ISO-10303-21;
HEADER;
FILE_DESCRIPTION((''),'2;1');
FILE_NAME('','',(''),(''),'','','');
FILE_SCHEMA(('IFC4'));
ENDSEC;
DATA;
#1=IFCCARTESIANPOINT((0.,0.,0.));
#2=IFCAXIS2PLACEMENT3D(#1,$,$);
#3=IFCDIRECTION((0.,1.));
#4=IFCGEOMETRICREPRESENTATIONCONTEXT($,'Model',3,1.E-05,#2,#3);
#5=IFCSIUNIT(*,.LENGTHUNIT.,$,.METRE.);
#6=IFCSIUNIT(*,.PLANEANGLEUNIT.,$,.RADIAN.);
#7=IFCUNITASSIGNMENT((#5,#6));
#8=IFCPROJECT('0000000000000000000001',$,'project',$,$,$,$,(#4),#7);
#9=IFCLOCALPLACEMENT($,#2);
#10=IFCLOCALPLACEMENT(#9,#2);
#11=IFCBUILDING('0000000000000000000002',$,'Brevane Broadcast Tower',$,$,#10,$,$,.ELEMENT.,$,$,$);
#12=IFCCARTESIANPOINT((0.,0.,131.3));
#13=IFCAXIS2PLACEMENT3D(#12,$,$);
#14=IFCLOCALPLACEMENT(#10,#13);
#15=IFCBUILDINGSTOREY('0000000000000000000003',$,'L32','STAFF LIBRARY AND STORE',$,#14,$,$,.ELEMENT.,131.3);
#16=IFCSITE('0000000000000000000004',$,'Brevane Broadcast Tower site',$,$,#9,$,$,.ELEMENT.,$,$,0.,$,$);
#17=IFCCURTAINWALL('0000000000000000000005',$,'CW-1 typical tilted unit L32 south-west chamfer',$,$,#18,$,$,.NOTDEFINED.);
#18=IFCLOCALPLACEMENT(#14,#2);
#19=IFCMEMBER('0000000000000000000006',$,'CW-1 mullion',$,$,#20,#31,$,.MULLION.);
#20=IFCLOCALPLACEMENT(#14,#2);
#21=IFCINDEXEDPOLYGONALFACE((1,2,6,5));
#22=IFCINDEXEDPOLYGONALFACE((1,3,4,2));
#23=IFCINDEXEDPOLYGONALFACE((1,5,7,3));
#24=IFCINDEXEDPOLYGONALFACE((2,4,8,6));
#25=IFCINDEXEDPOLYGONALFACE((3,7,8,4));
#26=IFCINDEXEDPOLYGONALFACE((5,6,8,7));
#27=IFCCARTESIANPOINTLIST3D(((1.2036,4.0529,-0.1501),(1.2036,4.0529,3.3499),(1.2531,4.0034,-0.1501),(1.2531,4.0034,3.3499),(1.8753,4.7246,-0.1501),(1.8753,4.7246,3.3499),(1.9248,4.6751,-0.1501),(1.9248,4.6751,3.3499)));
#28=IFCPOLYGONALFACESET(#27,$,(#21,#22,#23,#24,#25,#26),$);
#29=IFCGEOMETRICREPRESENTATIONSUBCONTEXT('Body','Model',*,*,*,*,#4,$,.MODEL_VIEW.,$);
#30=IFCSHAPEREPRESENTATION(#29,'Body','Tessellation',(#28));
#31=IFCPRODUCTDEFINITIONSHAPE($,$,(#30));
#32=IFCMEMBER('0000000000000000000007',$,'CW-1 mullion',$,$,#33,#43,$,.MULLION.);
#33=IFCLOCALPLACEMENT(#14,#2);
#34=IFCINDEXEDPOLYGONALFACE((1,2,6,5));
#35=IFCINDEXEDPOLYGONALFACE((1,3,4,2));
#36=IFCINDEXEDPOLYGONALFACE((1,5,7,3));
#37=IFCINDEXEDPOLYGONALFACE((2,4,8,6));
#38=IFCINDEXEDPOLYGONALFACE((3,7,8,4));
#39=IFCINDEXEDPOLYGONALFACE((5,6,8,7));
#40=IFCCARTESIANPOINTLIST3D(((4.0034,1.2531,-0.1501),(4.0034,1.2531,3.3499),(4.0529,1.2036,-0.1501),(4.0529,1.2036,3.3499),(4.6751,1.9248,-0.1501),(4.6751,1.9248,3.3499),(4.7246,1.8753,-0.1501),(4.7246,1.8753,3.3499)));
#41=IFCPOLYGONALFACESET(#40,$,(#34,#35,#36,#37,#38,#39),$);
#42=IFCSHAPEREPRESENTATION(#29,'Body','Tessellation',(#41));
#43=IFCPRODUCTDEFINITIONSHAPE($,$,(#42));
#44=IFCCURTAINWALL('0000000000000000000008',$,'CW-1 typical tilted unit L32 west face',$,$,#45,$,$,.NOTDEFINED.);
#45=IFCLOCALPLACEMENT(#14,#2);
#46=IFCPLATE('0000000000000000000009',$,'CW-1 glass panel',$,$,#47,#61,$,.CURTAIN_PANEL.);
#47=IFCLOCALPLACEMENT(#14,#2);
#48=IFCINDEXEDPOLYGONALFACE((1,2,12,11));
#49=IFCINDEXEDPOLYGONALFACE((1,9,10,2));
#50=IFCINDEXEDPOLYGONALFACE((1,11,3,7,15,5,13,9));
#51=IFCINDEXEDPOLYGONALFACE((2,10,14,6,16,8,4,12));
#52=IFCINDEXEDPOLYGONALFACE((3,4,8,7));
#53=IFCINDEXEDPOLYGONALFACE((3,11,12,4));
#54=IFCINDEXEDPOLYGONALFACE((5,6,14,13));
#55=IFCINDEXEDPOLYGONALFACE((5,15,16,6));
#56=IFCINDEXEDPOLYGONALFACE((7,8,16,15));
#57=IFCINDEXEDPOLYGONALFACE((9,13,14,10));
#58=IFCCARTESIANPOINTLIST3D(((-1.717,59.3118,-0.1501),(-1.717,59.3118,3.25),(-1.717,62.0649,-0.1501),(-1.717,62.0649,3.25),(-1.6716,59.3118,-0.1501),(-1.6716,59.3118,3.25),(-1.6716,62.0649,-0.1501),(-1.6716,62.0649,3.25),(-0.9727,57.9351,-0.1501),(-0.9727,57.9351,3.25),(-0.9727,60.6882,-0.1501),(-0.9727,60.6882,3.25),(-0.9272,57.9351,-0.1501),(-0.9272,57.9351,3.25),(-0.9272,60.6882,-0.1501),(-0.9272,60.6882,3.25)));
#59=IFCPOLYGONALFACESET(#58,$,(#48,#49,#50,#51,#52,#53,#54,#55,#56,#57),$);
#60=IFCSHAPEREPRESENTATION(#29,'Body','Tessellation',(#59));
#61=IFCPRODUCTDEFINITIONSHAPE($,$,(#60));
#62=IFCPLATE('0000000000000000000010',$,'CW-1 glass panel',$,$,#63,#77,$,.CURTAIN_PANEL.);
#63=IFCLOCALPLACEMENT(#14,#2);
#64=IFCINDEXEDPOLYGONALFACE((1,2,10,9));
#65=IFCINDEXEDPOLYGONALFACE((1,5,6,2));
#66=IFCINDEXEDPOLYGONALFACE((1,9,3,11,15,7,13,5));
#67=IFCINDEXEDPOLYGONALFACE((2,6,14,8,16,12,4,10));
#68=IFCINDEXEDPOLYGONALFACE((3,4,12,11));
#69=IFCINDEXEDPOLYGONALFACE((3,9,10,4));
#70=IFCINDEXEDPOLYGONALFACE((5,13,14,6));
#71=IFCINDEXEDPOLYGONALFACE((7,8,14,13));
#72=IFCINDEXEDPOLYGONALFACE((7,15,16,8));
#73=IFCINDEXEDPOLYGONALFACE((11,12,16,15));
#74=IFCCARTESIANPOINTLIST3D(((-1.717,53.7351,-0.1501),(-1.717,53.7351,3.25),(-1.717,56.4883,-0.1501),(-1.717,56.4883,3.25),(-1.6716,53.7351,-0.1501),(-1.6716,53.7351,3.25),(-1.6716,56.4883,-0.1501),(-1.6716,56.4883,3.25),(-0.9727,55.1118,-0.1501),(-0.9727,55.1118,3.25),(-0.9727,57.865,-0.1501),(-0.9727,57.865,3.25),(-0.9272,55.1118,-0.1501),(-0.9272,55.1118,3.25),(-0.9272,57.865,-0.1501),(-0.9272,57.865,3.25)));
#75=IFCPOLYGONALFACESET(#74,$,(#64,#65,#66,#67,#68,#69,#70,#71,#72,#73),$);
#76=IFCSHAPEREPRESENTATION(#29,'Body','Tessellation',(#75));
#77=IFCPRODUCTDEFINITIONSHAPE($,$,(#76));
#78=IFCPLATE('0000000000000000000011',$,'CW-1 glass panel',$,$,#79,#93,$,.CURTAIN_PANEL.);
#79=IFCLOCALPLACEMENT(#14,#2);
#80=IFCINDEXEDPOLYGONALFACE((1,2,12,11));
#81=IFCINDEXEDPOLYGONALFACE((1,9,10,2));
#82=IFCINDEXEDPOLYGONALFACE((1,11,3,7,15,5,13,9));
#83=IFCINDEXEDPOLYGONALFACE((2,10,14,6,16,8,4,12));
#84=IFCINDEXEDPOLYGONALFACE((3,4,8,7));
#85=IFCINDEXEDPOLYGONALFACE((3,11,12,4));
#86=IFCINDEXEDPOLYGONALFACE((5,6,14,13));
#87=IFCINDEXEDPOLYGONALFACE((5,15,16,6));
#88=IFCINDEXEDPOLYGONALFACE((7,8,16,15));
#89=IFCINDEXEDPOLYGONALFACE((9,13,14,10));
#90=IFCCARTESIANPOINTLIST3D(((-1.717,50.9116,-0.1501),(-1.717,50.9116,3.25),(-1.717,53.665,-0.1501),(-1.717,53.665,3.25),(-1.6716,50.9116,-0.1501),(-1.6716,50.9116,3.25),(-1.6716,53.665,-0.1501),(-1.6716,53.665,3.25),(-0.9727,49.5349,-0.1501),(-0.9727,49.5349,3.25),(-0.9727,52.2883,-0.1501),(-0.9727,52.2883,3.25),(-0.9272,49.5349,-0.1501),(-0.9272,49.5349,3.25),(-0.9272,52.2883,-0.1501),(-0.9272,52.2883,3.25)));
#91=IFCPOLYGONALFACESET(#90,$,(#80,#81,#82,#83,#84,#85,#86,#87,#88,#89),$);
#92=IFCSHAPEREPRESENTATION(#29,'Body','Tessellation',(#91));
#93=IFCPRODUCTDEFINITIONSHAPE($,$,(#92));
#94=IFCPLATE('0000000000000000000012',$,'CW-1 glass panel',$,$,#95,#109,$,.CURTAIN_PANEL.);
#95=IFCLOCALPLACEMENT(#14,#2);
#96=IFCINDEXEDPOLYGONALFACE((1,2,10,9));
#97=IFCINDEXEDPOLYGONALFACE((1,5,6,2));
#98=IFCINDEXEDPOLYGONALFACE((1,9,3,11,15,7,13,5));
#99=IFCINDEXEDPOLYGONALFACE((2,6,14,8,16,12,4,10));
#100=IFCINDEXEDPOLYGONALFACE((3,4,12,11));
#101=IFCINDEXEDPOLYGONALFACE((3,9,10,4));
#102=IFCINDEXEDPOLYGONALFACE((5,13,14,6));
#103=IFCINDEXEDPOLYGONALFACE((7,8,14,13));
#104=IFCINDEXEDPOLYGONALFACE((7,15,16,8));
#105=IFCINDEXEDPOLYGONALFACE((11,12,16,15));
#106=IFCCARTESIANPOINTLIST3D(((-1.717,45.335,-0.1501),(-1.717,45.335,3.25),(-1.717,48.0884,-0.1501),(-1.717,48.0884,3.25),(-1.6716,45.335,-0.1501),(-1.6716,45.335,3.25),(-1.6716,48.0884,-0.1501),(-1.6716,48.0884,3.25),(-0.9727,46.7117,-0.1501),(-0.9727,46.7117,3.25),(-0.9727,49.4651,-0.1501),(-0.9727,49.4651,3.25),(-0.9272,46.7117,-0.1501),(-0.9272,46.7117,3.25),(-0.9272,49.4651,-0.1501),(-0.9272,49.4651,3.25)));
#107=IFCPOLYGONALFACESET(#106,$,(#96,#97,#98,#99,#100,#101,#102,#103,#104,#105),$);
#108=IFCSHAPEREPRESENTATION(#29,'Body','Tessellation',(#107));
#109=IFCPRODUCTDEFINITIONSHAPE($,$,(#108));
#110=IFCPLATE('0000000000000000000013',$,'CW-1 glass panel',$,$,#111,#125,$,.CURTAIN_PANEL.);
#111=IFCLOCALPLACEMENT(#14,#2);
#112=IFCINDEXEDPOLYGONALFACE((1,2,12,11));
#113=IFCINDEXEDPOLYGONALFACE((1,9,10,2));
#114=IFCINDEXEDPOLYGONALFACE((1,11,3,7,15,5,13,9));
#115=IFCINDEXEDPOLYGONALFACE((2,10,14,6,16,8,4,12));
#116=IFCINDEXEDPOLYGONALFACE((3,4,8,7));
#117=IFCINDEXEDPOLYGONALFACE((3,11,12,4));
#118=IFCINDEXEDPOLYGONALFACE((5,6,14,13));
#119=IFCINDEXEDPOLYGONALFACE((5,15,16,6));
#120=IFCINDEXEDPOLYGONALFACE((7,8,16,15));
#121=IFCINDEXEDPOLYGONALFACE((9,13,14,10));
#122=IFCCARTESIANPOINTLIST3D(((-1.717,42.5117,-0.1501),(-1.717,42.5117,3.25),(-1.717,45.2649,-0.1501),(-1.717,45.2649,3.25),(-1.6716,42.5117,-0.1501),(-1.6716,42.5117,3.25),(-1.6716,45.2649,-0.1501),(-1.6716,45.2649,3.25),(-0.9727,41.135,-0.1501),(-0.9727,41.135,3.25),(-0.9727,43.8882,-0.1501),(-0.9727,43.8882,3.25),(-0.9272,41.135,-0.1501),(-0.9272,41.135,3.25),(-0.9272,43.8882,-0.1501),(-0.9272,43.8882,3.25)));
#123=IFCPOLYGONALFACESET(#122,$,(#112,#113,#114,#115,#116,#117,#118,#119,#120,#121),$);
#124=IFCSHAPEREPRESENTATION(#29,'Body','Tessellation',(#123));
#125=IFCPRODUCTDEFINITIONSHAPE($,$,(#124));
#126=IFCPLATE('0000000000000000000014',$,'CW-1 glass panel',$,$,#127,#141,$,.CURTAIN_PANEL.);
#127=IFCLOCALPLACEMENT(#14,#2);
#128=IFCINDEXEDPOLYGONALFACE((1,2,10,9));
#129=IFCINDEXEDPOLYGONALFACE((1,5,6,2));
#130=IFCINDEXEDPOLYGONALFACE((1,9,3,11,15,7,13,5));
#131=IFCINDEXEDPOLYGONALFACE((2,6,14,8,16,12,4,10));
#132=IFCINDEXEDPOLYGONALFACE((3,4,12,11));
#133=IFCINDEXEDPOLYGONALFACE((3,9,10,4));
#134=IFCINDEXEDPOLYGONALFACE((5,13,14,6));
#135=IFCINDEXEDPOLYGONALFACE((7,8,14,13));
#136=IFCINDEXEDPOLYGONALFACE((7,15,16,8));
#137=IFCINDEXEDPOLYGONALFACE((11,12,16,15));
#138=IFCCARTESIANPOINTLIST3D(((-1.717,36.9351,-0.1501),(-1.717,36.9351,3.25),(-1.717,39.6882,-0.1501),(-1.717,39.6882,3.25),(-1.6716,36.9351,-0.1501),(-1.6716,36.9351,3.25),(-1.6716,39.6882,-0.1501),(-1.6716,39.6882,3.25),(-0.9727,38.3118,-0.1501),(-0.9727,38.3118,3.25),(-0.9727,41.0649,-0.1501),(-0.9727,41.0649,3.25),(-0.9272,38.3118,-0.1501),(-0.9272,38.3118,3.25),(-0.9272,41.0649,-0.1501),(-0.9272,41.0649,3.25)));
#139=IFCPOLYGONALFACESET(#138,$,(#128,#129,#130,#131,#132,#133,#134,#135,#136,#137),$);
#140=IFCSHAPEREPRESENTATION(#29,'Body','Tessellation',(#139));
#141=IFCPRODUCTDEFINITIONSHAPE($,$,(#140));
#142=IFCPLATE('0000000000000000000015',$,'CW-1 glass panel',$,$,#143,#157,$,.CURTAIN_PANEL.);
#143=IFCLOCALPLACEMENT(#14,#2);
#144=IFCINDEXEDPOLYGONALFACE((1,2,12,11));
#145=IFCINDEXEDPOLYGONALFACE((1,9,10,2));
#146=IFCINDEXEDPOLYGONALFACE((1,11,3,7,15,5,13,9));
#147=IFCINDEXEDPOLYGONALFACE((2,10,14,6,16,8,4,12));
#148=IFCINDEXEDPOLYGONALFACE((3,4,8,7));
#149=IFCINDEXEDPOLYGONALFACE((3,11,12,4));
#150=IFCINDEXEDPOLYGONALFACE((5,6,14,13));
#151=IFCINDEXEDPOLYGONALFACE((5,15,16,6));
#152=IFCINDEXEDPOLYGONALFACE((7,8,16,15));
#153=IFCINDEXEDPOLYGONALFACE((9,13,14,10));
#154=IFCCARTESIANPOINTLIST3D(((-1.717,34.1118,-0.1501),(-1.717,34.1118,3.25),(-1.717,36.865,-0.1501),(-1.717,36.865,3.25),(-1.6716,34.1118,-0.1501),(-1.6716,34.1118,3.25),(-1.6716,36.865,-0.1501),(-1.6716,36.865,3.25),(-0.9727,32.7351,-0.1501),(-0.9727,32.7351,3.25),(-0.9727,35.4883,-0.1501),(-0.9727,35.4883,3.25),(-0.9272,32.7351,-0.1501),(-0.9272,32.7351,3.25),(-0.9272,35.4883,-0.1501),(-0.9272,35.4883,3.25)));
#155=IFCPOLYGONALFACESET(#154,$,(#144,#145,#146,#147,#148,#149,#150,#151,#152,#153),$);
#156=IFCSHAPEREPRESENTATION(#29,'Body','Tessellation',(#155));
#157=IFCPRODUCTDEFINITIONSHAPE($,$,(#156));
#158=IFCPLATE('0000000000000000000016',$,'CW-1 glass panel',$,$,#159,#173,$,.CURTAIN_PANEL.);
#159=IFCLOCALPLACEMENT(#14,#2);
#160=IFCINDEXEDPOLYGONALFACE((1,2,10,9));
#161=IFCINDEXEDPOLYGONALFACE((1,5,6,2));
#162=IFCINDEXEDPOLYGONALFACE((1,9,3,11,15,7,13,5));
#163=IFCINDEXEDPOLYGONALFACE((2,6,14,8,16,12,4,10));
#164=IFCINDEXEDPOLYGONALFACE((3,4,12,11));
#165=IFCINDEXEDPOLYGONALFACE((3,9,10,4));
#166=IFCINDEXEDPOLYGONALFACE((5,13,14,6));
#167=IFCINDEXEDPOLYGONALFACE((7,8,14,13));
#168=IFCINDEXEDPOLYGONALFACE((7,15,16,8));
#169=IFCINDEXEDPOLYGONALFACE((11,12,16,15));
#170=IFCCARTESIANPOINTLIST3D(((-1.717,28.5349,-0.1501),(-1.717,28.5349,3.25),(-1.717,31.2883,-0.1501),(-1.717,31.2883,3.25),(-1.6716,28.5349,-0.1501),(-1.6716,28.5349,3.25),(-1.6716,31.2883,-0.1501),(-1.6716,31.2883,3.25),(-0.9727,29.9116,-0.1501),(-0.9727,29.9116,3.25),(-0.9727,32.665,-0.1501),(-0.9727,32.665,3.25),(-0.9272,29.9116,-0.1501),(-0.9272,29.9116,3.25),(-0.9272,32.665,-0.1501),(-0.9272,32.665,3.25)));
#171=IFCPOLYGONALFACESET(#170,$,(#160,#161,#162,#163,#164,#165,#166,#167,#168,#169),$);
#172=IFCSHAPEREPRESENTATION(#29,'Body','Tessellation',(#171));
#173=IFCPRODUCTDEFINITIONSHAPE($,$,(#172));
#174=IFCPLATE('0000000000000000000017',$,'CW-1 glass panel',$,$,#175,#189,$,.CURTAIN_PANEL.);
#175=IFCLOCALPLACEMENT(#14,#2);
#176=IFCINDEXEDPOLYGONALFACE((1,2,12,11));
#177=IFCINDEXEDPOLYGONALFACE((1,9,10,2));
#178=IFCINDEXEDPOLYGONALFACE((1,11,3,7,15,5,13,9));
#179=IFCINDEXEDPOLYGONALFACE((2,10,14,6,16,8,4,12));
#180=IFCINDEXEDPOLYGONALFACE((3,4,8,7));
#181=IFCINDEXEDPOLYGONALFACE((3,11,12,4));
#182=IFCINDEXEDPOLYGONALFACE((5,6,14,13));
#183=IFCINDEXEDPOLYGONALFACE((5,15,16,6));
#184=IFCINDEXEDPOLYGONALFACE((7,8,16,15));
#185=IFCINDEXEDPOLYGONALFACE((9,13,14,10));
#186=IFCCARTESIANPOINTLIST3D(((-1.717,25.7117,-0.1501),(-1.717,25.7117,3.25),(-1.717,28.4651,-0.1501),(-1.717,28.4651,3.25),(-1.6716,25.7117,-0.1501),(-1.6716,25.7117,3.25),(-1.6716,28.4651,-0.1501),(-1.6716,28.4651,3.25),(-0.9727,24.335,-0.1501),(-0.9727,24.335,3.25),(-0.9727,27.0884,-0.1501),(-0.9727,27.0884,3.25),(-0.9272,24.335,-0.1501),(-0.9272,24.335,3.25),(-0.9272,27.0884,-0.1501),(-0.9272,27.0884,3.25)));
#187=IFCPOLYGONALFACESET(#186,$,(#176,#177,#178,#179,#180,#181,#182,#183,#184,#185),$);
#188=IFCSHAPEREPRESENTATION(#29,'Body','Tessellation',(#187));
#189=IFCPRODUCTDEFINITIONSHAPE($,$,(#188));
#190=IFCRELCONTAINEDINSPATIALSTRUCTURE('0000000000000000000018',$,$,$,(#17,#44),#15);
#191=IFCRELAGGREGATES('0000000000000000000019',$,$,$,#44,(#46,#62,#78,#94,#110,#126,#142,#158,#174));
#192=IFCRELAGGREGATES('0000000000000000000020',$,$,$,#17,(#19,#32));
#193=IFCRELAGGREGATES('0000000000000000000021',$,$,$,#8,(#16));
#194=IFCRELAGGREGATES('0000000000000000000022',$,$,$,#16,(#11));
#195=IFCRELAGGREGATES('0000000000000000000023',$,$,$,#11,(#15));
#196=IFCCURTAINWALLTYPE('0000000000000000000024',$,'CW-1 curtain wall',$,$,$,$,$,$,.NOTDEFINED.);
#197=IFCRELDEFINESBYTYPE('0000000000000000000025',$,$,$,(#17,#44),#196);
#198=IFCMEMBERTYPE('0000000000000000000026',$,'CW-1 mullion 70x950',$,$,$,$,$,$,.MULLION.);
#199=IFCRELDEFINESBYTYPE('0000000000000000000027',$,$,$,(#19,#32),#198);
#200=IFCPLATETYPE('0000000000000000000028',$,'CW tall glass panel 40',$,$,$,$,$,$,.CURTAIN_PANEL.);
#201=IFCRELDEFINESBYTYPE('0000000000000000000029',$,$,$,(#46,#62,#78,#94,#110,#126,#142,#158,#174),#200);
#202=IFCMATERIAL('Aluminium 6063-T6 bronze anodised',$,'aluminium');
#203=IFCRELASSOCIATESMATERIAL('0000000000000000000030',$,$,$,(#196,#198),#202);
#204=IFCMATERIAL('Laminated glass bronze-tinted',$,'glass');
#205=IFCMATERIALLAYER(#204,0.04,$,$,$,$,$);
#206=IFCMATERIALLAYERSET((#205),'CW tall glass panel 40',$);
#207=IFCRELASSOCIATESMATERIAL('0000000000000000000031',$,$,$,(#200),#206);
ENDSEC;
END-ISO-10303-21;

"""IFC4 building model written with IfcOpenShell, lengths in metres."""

from ifc_helpers import new_model, si_unit, direction, frame, origin, origin_2d, place, context, subcontext, project, spatial, polyline, rectangle, outline, extrude, material, layer, layer_set, material_profile, profile_set, type_object, element, aggregate, save


model = new_model("IFC4")

# Units and contexts
model_context = context("Model", 3, precision=1e-05, world=origin(), true_north=direction((0.0, 1.0)))
body_context = subcontext(model_context, "Body", "Model", "MODEL_VIEW")
ifc_project = project(units=[si_unit("LENGTHUNIT", "METRE"), si_unit("PLANEANGLEUNIT", "RADIAN")], contexts=[model_context])

# Site, building, storey
site_placement = place(None, origin())
site = spatial("IfcSite", under=ifc_project, at=site_placement, Name="Brevane Broadcast Tower site", CompositionType="ELEMENT", RefElevation=0.0)
building_placement = place(site_placement, origin())
building = spatial("IfcBuilding", under=site, at=building_placement, Name="Brevane Broadcast Tower", CompositionType="ELEMENT")
storey_placement = place(building_placement, frame((0.0, 0.0, 131.3)))
storey = spatial("IfcBuildingStorey", under=building, at=storey_placement, Name="L32", Description="STAFF LIBRARY AND STORE", CompositionType="ELEMENT", Elevation=131.3)

# Curtain wall, members
ifc_material_1 = material(Name="Aluminium 6063-T6 bronze anodised", Category="aluminium")
curtain_wall_type = type_object("IfcCurtainWallType", Name="CW-1 curtain wall", PredefinedType="NOTDEFINED", material=ifc_material_1)
curtain_wall_1_placement = place(storey_placement, origin())
curtain_wall_1 = element("IfcCurtainWall", 1, at=curtain_wall_1_placement, inside=storey, type_object=curtain_wall_type, Name="CW-1 typical tilted unit L32 south-west chamfer", PredefinedType="NOTDEFINED")
ifc_material_profile = material_profile(ifc_material_1, rectangle(XDim=0.95, YDim=0.0701, at=origin_2d()), Name="RECT 70x950")
ifc_profile_set = profile_set([ifc_material_profile], Name="Aluminium 6063-T6 bronze anodised")
member_type = type_object("IfcMemberType", Name="CW-1 mullion 70x950", PredefinedType="MULLION", material=ifc_profile_set)
member_1_placement = place(storey_placement, frame((1.5642, 4.364, -0.1501), z_axis=(0.0, 0.0, 1.0), x_axis=(0.707107, 0.707107, 0.0)))
member_1 = element("IfcMember", 2, at=member_1_placement, type_object=member_type, Name="CW-1 mullion", PredefinedType="MULLION", context=body_context, shape_type="SweptSolid", body=[
    extrude(rectangle(XDim=0.95, YDim=0.0701, at=origin_2d()), origin(), (0.0, 0.0, 1.0), 3.5),
])
member_2_placement = place(storey_placement, frame((4.364, 1.5642, -0.1501), z_axis=(0.0, 0.0, 1.0), x_axis=(0.707107, 0.707107, 0.0)))
member_2 = element("IfcMember", 3, at=member_2_placement, type_object=member_type, Name="CW-1 mullion", PredefinedType="MULLION", context=body_context, shape_type="SweptSolid", body=[
    extrude(rectangle(XDim=0.95, YDim=0.0701, at=origin_2d()), origin(), (0.0, 0.0, 1.0), 3.5),
])

# Curtain wall, plates
curtain_wall_2_placement = place(storey_placement, origin())
curtain_wall_2 = element("IfcCurtainWall", 4, at=curtain_wall_2_placement, inside=storey, type_object=curtain_wall_type, Name="CW-1 typical tilted unit L32 west face", PredefinedType="NOTDEFINED")
ifc_material_2 = material(Name="Laminated glass bronze-tinted", Category="glass")
ifc_layer_1 = layer(ifc_material_2, 0.04)
ifc_layer_set_1 = layer_set([ifc_layer_1], Name="CW tall glass panel 40")
plate_type = type_object("IfcPlateType", Name="CW tall glass panel 40", PredefinedType="CURTAIN_PANEL", material=ifc_layer_set_1)
plate_1_placement = place(storey_placement, frame((0.0, 0.0, -0.1501)))
plate_1 = element("IfcPlate", 5, at=plate_1_placement, type_object=plate_type, Name="CW-1 glass panel", PredefinedType="CURTAIN_PANEL", context=body_context, shape_type="SweptSolid", body=[
    extrude(outline(polyline([(-1.6716, 62.0649), (-1.717, 62.0649), (-0.9727, 60.6882), (-1.717, 59.3118), (-0.9727, 57.9351), (-0.9272, 57.9351), (-1.6716, 59.3118), (-0.9272, 60.6882), (-1.6716, 62.0649)])), origin(), (0.0, 0.0, 1.0), 3.4001),
])
plate_2_placement = place(storey_placement, frame((0.0, 0.0, -0.1501)))
plate_2 = element("IfcPlate", 6, at=plate_2_placement, type_object=plate_type, Name="CW-1 glass panel", PredefinedType="CURTAIN_PANEL", context=body_context, shape_type="SweptSolid", body=[
    extrude(outline(polyline([(-0.9272, 57.865), (-0.9727, 57.865), (-1.717, 56.4883), (-0.9727, 55.1118), (-1.717, 53.7351), (-1.6716, 53.7351), (-0.9272, 55.1118), (-1.6716, 56.4883), (-0.9272, 57.865)])), origin(), (0.0, 0.0, 1.0), 3.4001),
])
plate_3_placement = place(storey_placement, frame((0.0, 0.0, -0.1501)))
plate_3 = element("IfcPlate", 7, at=plate_3_placement, type_object=plate_type, Name="CW-1 glass panel", PredefinedType="CURTAIN_PANEL", context=body_context, shape_type="SweptSolid", body=[
    extrude(outline(polyline([(-1.6716, 53.665), (-1.717, 53.665), (-0.9727, 52.2883), (-1.717, 50.9116), (-0.9727, 49.5349), (-0.9272, 49.5349), (-1.6716, 50.9116), (-0.9272, 52.2883), (-1.6716, 53.665)])), origin(), (0.0, 0.0, 1.0), 3.4001),
])
plate_4_placement = place(storey_placement, frame((0.0, 0.0, -0.1501)))
plate_4 = element("IfcPlate", 8, at=plate_4_placement, type_object=plate_type, Name="CW-1 glass panel", PredefinedType="CURTAIN_PANEL", context=body_context, shape_type="SweptSolid", body=[
    extrude(outline(polyline([(-0.9272, 49.4651), (-0.9727, 49.4651), (-1.717, 48.0884), (-0.9727, 46.7117), (-1.717, 45.335), (-1.6716, 45.335), (-0.9272, 46.7117), (-1.6716, 48.0884), (-0.9272, 49.4651)])), origin(), (0.0, 0.0, 1.0), 3.4001),
])
plate_5_placement = place(storey_placement, frame((0.0, 0.0, -0.1501)))
plate_5 = element("IfcPlate", 9, at=plate_5_placement, type_object=plate_type, Name="CW-1 glass panel", PredefinedType="CURTAIN_PANEL", context=body_context, shape_type="SweptSolid", body=[
    extrude(outline(polyline([(-1.6716, 45.2649), (-1.717, 45.2649), (-0.9727, 43.8882), (-1.717, 42.5117), (-0.9727, 41.135), (-0.9272, 41.135), (-1.6716, 42.5117), (-0.9272, 43.8882), (-1.6716, 45.2649)])), origin(), (0.0, 0.0, 1.0), 3.4001),
])
plate_6_placement = place(storey_placement, frame((0.0, 0.0, -0.1501)))
plate_6 = element("IfcPlate", 10, at=plate_6_placement, type_object=plate_type, Name="CW-1 glass panel", PredefinedType="CURTAIN_PANEL", context=body_context, shape_type="SweptSolid", body=[
    extrude(outline(polyline([(-0.9272, 41.0649), (-0.9727, 41.0649), (-1.717, 39.6882), (-0.9727, 38.3118), (-1.717, 36.9351), (-1.6716, 36.9351), (-0.9272, 38.3118), (-1.6716, 39.6882), (-0.9272, 41.0649)])), origin(), (0.0, 0.0, 1.0), 3.4001),
])
plate_7_placement = place(storey_placement, frame((0.0, 0.0, -0.1501)))
plate_7 = element("IfcPlate", 11, at=plate_7_placement, type_object=plate_type, Name="CW-1 glass panel", PredefinedType="CURTAIN_PANEL", context=body_context, shape_type="SweptSolid", body=[
    extrude(outline(polyline([(-1.6716, 36.865), (-1.717, 36.865), (-0.9727, 35.4883), (-1.717, 34.1118), (-0.9727, 32.7351), (-0.9272, 32.7351), (-1.6716, 34.1118), (-0.9272, 35.4883), (-1.6716, 36.865)])), origin(), (0.0, 0.0, 1.0), 3.4001),
])
plate_8_placement = place(storey_placement, frame((0.0, 0.0, -0.1501)))
plate_8 = element("IfcPlate", 12, at=plate_8_placement, type_object=plate_type, Name="CW-1 glass panel", PredefinedType="CURTAIN_PANEL", context=body_context, shape_type="SweptSolid", body=[
    extrude(outline(polyline([(-0.9272, 32.665), (-0.9727, 32.665), (-1.717, 31.2883), (-0.9727, 29.9116), (-1.717, 28.5349), (-1.6716, 28.5349), (-0.9272, 29.9116), (-1.6716, 31.2883), (-0.9272, 32.665)])), origin(), (0.0, 0.0, 1.0), 3.4001),
])
plate_9_placement = place(storey_placement, frame((0.0, 0.0, -0.1501)))
plate_9 = element("IfcPlate", 13, at=plate_9_placement, type_object=plate_type, Name="CW-1 glass panel", PredefinedType="CURTAIN_PANEL", context=body_context, shape_type="SweptSolid", body=[
    extrude(outline(polyline([(-1.6716, 28.4651), (-1.717, 28.4651), (-0.9727, 27.0884), (-1.717, 25.7117), (-0.9727, 24.335), (-0.9272, 24.335), (-1.6716, 25.7117), (-0.9272, 27.0884), (-1.6716, 28.4651)])), origin(), (0.0, 0.0, 1.0), 3.4001),
])
aggregate(curtain_wall_2, [plate_1, plate_2, plate_3, plate_4, plate_5, plate_6, plate_7, plate_8, plate_9])

aggregate(curtain_wall_1, [member_1, member_2])

save(model, "model.ifc")
